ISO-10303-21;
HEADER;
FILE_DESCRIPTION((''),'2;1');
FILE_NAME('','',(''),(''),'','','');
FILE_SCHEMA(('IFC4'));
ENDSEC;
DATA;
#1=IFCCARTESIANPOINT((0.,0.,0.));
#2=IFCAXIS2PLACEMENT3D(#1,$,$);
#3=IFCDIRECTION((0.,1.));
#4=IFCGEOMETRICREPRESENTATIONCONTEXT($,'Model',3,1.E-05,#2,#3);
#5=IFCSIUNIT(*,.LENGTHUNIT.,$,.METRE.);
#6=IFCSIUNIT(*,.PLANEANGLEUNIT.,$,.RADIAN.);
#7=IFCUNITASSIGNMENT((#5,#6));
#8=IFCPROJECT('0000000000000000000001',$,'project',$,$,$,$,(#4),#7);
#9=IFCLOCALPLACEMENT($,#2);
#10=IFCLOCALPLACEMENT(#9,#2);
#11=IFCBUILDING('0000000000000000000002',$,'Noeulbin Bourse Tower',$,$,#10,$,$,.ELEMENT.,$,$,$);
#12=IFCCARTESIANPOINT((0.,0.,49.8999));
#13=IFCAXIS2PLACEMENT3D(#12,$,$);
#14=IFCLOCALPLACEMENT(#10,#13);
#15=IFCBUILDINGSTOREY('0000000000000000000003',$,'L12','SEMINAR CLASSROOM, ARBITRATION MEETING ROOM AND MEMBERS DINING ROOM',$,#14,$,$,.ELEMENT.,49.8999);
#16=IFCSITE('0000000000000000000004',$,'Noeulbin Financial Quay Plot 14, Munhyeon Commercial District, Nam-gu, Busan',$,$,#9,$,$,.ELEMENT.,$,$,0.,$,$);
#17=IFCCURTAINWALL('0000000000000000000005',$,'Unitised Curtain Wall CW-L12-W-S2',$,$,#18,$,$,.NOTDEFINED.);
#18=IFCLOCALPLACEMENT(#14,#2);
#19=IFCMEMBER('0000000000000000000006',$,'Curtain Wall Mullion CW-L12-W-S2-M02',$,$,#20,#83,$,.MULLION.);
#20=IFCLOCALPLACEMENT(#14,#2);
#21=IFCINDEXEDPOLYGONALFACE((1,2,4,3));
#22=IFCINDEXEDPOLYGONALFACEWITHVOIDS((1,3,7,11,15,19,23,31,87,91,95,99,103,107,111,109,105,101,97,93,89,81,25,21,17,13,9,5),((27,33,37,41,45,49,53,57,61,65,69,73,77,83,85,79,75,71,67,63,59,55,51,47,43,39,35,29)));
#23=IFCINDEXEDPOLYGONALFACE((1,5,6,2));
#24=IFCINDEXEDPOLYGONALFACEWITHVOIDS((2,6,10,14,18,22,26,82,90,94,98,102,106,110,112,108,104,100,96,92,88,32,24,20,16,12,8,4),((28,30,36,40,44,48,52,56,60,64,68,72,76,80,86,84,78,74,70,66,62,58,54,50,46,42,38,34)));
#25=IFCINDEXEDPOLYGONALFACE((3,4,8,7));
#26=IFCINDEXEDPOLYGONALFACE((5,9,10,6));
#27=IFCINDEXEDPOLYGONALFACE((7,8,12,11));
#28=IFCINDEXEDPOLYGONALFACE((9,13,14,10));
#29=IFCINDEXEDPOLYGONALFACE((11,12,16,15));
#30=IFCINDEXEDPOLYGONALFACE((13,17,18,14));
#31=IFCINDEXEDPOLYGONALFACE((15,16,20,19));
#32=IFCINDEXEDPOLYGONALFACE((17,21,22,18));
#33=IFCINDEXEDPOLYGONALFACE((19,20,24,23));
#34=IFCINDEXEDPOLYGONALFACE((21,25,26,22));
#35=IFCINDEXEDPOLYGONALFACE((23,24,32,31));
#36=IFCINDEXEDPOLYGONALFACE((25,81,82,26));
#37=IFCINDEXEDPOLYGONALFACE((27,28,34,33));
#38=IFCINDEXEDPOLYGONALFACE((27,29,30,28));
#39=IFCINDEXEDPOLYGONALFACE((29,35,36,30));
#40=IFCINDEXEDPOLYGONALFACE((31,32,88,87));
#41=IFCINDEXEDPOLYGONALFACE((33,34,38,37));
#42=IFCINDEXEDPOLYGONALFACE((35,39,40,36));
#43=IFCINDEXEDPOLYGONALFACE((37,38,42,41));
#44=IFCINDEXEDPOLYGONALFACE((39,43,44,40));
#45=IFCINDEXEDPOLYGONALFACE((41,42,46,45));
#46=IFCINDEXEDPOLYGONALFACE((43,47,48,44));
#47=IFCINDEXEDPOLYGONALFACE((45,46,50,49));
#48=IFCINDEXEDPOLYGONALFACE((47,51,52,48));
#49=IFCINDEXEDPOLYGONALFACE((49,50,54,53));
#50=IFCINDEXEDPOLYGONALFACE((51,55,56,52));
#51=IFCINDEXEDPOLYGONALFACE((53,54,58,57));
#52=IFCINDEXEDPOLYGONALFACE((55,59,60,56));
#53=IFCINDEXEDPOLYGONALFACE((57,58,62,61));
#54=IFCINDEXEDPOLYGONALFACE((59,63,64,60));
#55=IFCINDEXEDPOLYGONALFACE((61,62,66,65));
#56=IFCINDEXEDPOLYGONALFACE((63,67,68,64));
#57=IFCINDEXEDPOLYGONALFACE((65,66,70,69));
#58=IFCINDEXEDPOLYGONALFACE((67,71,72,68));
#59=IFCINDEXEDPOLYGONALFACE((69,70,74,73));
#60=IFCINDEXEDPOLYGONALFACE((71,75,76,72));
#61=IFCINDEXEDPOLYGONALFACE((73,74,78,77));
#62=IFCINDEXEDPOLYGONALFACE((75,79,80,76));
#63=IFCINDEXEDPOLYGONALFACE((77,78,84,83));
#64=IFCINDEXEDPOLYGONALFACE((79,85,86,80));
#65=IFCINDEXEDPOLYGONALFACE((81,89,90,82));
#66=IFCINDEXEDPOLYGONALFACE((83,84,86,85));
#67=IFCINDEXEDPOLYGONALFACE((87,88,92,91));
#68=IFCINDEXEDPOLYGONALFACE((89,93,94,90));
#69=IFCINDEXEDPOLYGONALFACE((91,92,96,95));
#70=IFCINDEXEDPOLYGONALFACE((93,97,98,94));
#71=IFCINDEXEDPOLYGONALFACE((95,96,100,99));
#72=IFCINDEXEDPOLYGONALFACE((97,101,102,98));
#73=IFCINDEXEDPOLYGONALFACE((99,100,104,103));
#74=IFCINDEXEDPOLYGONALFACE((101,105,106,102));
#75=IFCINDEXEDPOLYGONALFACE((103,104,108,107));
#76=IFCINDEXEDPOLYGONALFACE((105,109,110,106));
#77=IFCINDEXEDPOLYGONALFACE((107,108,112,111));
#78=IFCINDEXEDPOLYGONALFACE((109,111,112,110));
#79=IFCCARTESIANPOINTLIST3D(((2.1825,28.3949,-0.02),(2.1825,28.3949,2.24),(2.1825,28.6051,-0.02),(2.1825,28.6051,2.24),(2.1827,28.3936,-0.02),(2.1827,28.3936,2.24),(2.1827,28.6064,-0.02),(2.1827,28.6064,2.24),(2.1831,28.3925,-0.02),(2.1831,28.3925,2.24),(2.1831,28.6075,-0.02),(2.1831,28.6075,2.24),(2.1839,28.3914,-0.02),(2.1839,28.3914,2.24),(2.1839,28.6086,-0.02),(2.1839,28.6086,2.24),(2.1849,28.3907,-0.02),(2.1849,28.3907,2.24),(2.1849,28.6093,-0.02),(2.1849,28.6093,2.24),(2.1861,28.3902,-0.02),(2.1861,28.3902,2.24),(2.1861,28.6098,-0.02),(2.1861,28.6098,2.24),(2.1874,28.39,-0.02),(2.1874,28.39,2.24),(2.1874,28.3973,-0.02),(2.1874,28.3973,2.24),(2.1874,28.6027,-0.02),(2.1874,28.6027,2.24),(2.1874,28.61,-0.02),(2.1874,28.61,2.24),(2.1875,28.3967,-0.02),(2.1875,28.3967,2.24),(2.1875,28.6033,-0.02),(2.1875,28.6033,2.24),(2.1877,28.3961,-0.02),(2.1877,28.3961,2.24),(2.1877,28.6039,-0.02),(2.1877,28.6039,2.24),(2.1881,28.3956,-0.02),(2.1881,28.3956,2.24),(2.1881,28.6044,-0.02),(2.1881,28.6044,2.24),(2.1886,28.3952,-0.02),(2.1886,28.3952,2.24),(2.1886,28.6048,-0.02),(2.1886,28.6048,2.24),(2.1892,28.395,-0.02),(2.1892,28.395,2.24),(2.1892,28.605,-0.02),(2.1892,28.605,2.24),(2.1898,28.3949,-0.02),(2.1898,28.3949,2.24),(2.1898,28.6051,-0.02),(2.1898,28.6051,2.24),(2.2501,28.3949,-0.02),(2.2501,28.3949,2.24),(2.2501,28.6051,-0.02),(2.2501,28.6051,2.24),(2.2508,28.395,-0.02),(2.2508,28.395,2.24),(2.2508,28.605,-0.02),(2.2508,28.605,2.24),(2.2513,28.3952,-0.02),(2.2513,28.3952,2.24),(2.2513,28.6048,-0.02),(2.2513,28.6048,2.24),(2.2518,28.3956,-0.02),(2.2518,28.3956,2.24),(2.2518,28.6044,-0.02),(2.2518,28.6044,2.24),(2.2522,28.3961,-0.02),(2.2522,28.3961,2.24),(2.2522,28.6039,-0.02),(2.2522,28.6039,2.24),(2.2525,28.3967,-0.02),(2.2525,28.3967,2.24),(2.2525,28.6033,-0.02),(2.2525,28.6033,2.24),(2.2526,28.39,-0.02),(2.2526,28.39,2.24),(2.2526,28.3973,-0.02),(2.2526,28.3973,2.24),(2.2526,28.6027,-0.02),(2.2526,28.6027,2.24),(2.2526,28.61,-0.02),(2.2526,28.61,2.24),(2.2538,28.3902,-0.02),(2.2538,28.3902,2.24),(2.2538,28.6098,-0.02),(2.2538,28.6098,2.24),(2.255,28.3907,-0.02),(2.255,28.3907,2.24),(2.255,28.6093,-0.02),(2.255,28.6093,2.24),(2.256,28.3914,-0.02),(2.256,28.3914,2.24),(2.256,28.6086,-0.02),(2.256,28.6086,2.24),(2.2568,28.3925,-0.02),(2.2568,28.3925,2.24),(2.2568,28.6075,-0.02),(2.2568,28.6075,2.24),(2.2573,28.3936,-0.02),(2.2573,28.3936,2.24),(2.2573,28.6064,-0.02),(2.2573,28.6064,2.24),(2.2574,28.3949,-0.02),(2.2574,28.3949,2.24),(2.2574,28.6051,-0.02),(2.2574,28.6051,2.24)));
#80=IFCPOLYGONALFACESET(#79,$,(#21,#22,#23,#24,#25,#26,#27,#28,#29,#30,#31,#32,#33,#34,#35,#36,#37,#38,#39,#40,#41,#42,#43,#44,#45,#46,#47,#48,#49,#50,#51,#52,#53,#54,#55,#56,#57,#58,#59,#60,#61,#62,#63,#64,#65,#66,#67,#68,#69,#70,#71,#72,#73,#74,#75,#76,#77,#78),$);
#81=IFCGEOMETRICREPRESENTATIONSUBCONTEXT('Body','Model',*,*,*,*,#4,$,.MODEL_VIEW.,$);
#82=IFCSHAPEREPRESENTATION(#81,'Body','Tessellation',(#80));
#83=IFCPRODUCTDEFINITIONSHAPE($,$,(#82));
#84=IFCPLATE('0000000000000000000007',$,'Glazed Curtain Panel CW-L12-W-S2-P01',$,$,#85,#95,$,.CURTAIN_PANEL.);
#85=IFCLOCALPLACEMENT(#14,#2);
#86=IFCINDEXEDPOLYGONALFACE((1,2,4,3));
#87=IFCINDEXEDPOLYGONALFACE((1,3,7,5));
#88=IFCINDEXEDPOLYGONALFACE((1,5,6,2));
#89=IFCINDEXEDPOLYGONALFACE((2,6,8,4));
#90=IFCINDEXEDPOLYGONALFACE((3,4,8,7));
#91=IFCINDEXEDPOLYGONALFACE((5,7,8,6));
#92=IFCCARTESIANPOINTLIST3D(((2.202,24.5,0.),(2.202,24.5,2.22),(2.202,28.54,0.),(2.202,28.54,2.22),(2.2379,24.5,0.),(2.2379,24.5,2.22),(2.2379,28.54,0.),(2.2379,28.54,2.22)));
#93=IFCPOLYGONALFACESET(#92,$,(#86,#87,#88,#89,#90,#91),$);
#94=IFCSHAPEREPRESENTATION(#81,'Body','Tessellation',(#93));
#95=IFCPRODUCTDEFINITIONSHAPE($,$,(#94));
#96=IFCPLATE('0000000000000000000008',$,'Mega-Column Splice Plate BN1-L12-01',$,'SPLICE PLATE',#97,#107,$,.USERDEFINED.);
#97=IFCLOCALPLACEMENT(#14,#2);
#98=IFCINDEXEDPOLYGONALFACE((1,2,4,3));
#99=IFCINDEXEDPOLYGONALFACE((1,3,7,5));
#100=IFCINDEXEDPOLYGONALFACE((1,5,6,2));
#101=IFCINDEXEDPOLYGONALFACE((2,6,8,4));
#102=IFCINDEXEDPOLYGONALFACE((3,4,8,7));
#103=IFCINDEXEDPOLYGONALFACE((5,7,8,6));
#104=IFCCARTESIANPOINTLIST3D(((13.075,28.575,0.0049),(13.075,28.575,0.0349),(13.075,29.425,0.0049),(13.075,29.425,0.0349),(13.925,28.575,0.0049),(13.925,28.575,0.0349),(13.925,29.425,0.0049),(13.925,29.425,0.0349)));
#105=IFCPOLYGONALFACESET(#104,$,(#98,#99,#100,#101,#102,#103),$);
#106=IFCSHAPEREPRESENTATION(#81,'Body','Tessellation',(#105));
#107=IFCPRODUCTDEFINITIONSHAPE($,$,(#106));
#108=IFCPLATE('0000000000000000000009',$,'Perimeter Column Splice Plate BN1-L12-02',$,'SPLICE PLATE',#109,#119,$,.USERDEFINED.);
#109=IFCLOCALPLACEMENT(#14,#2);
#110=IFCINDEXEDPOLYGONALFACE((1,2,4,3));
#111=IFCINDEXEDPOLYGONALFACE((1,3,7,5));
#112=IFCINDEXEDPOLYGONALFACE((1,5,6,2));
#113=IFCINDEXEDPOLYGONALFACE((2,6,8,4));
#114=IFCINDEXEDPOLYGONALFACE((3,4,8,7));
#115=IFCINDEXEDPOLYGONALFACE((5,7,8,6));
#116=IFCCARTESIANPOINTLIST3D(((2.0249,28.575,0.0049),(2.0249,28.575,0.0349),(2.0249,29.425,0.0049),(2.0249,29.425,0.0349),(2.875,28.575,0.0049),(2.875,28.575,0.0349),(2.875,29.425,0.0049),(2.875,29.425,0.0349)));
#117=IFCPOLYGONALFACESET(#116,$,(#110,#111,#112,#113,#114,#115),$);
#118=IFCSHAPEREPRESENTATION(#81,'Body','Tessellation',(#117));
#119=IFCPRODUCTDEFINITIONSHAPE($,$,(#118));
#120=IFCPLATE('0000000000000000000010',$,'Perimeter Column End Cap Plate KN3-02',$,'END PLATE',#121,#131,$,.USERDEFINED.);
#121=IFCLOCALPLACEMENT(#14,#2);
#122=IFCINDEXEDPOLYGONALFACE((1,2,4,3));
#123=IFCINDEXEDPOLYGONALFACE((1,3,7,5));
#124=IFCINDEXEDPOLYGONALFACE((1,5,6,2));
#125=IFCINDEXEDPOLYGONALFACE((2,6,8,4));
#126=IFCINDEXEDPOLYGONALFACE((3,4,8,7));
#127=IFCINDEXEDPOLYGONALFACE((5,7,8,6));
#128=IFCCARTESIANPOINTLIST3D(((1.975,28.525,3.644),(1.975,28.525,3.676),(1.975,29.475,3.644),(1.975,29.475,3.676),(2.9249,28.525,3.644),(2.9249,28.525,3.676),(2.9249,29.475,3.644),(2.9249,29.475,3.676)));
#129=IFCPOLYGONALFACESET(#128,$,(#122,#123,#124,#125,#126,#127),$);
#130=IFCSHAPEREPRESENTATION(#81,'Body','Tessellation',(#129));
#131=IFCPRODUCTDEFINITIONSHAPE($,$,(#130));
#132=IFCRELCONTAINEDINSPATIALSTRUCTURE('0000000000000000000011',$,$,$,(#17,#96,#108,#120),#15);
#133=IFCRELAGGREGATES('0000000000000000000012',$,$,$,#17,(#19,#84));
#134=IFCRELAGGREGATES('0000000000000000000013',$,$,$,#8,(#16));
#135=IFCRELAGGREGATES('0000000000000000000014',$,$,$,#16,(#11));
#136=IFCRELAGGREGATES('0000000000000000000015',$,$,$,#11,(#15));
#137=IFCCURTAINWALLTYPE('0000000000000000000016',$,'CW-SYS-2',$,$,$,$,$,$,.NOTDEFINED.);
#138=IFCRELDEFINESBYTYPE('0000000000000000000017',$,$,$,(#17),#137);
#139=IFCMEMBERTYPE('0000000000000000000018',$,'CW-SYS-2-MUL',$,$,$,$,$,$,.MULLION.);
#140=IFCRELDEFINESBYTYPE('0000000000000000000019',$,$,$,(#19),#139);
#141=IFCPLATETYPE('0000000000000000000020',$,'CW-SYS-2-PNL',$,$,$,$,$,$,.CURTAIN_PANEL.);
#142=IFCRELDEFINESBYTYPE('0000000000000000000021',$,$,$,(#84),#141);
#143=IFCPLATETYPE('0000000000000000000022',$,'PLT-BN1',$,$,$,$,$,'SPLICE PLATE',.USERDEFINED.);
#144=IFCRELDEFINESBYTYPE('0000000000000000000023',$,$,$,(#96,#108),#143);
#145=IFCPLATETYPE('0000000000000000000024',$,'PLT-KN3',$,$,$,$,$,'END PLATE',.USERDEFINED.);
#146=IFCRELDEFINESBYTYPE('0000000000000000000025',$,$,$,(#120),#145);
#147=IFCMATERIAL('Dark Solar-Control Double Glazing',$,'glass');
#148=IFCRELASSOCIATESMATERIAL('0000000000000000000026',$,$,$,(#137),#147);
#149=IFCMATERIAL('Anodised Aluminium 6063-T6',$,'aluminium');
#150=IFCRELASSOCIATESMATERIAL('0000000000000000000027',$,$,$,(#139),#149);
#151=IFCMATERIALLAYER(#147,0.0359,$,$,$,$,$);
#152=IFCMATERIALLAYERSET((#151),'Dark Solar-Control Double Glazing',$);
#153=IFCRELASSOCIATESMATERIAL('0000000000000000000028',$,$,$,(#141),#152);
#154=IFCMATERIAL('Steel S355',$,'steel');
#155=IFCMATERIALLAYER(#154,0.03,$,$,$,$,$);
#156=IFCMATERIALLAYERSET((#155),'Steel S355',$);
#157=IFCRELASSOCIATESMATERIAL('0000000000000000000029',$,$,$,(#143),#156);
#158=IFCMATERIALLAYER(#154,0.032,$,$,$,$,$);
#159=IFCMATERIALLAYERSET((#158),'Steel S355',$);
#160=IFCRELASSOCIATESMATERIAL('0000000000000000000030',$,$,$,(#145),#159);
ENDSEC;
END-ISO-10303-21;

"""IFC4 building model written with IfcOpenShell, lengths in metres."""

from ifc_helpers import new_model, si_unit, direction, frame, origin, origin_2d, place, context, subcontext, project, spatial, rectangle, hollow_rectangle, extrude, material, layer, layer_set, material_profile, profile_set, type_object, element, aggregate, save


model = new_model("IFC4")

# Units and contexts
model_context = context("Model", 3, precision=1e-05, world=origin(), true_north=direction((0.0, 1.0)))
body_context = subcontext(model_context, "Body", "Model", "MODEL_VIEW")
ifc_project = project(units=[si_unit("LENGTHUNIT", "METRE"), si_unit("PLANEANGLEUNIT", "RADIAN")], contexts=[model_context])

# Site, building, storey
site_placement = place(None, origin())
site = spatial("IfcSite", under=ifc_project, at=site_placement, Name="Noeulbin Financial Quay Plot 14, Munhyeon Commercial District, Nam-gu, Busan", CompositionType="ELEMENT", RefElevation=0.0)
building_placement = place(site_placement, origin())
building = spatial("IfcBuilding", under=site, at=building_placement, Name="Noeulbin Bourse Tower", CompositionType="ELEMENT")
storey_placement = place(building_placement, frame((0.0, 0.0, 49.8999)))
storey = spatial("IfcBuildingStorey", under=building, at=storey_placement, Name="L12", Description="SEMINAR CLASSROOM, ARBITRATION MEETING ROOM AND MEMBERS DINING ROOM", CompositionType="ELEMENT", Elevation=49.8999)

# Shared definitions
ifc_material_1 = material(Name="Steel S355", Category="steel")

# Curtain wall, member, plate
ifc_material_2 = material(Name="Dark Solar-Control Double Glazing", Category="glass")
curtain_wall_type = type_object("IfcCurtainWallType", Name="CW-SYS-2", PredefinedType="NOTDEFINED", material=ifc_material_2)
curtain_wall_placement = place(storey_placement, origin())
curtain_wall = element("IfcCurtainWall", 1, at=curtain_wall_placement, inside=storey, type_object=curtain_wall_type, Name="Unitised Curtain Wall CW-L12-W-S2", PredefinedType="NOTDEFINED")
ifc_material_3 = material(Name="Anodised Aluminium 6063-T6", Category="aluminium")
ifc_material_profile_1 = material_profile(ifc_material_3, hollow_rectangle(XDim=0.075, YDim=0.22, WallThickness=0.0049, InnerFilletRadius=0.0024, OuterFilletRadius=0.0049, at=origin_2d()), Name="ALU-MULL-75x220x5", Category="LoadBearing")
ifc_profile_set_1 = profile_set([ifc_material_profile_1], Name="Anodised Aluminium 6063-T6")
member_type = type_object("IfcMemberType", Name="CW-SYS-2-MUL", PredefinedType="MULLION", material=ifc_profile_set_1)
member_placement = place(storey_placement, frame((2.22, 28.5, -0.02), z_axis=(0.0, 0.0, 1.0), x_axis=(1.0, 0.0, 0.0)))
member = element("IfcMember", 2, at=member_placement, type_object=member_type, Name="Curtain Wall Mullion CW-L12-W-S2-M02", PredefinedType="MULLION", context=body_context, shape_type="SweptSolid", body=[
    extrude(hollow_rectangle(XDim=0.075, YDim=0.22, WallThickness=0.0049, InnerFilletRadius=0.0024, OuterFilletRadius=0.0049, at=origin_2d()), origin(), (0.0, 0.0, 1.0), 2.26),
])
ifc_layer_1 = layer(ifc_material_2, 0.0359)
ifc_layer_set_1 = layer_set([ifc_layer_1], Name="Dark Solar-Control Double Glazing")
plate_type_1 = type_object("IfcPlateType", Name="CW-SYS-2-PNL", PredefinedType="CURTAIN_PANEL", material=ifc_layer_set_1)
plate_1_placement = place(storey_placement, frame((2.22, 26.52, 0.0), z_axis=(0.0, 0.0, 1.0), x_axis=(0.0, 1.0, 0.0)))
plate_1 = element("IfcPlate", 3, at=plate_1_placement, type_object=plate_type_1, Name="Glazed Curtain Panel CW-L12-W-S2-P01", PredefinedType="CURTAIN_PANEL", context=body_context, shape_type="SweptSolid", body=[
    extrude(rectangle(XDim=4.04, YDim=0.0359, at=origin_2d()), origin(), (0.0, 0.0, 1.0), 2.22),
])
aggregate(curtain_wall, [member, plate_1])

# Plates
ifc_layer_2 = layer(ifc_material_1, 0.03)
ifc_layer_set_2 = layer_set([ifc_layer_2], Name="Steel S355")
plate_type_2 = type_object("IfcPlateType", Name="PLT-BN1", ElementType="SPLICE PLATE", PredefinedType="USERDEFINED", material=ifc_layer_set_2)
for number, where, z_axis, x_axis, name in (
    (4, (13.5, 29.0, 0.0049), (0.0, 0.0, 1.0), (1.0, 0.0, 0.0), "Mega-Column Splice Plate BN1-L12-01"),
    (5, (2.45, 29.0, 0.0049), (0.0, 0.0, 1.0), (1.0, 0.0, 0.0), "Perimeter Column Splice Plate BN1-L12-02"),
):
    element("IfcPlate", number, at=place(storey_placement, frame(where, z_axis=z_axis, x_axis=x_axis)), inside=storey, type_object=plate_type_2, Name=name, ObjectType="SPLICE PLATE", PredefinedType="USERDEFINED", context=body_context, shape_type="SweptSolid", body=[
        extrude(rectangle(XDim=0.8501, YDim=0.8501, at=origin_2d()), origin(), (0.0, 0.0, 1.0), 0.03),
    ])
ifc_layer_3 = layer(ifc_material_1, 0.032)
ifc_layer_set_3 = layer_set([ifc_layer_3], Name="Steel S355")
plate_type_3 = type_object("IfcPlateType", Name="PLT-KN3", ElementType="END PLATE", PredefinedType="USERDEFINED", material=ifc_layer_set_3)
plate_2_placement = place(storey_placement, frame((2.45, 29.0, 3.644), z_axis=(0.0, 0.0, 1.0), x_axis=(1.0, 0.0, 0.0)))
element("IfcPlate", 6, at=plate_2_placement, inside=storey, type_object=plate_type_3, Name="Perimeter Column End Cap Plate KN3-02", ObjectType="END PLATE", PredefinedType="USERDEFINED", context=body_context, shape_type="SweptSolid", body=[
    extrude(rectangle(XDim=0.95, YDim=0.95, at=origin_2d()), origin(), (0.0, 0.0, 1.0), 0.032),
])

save(model, "model.ifc")
